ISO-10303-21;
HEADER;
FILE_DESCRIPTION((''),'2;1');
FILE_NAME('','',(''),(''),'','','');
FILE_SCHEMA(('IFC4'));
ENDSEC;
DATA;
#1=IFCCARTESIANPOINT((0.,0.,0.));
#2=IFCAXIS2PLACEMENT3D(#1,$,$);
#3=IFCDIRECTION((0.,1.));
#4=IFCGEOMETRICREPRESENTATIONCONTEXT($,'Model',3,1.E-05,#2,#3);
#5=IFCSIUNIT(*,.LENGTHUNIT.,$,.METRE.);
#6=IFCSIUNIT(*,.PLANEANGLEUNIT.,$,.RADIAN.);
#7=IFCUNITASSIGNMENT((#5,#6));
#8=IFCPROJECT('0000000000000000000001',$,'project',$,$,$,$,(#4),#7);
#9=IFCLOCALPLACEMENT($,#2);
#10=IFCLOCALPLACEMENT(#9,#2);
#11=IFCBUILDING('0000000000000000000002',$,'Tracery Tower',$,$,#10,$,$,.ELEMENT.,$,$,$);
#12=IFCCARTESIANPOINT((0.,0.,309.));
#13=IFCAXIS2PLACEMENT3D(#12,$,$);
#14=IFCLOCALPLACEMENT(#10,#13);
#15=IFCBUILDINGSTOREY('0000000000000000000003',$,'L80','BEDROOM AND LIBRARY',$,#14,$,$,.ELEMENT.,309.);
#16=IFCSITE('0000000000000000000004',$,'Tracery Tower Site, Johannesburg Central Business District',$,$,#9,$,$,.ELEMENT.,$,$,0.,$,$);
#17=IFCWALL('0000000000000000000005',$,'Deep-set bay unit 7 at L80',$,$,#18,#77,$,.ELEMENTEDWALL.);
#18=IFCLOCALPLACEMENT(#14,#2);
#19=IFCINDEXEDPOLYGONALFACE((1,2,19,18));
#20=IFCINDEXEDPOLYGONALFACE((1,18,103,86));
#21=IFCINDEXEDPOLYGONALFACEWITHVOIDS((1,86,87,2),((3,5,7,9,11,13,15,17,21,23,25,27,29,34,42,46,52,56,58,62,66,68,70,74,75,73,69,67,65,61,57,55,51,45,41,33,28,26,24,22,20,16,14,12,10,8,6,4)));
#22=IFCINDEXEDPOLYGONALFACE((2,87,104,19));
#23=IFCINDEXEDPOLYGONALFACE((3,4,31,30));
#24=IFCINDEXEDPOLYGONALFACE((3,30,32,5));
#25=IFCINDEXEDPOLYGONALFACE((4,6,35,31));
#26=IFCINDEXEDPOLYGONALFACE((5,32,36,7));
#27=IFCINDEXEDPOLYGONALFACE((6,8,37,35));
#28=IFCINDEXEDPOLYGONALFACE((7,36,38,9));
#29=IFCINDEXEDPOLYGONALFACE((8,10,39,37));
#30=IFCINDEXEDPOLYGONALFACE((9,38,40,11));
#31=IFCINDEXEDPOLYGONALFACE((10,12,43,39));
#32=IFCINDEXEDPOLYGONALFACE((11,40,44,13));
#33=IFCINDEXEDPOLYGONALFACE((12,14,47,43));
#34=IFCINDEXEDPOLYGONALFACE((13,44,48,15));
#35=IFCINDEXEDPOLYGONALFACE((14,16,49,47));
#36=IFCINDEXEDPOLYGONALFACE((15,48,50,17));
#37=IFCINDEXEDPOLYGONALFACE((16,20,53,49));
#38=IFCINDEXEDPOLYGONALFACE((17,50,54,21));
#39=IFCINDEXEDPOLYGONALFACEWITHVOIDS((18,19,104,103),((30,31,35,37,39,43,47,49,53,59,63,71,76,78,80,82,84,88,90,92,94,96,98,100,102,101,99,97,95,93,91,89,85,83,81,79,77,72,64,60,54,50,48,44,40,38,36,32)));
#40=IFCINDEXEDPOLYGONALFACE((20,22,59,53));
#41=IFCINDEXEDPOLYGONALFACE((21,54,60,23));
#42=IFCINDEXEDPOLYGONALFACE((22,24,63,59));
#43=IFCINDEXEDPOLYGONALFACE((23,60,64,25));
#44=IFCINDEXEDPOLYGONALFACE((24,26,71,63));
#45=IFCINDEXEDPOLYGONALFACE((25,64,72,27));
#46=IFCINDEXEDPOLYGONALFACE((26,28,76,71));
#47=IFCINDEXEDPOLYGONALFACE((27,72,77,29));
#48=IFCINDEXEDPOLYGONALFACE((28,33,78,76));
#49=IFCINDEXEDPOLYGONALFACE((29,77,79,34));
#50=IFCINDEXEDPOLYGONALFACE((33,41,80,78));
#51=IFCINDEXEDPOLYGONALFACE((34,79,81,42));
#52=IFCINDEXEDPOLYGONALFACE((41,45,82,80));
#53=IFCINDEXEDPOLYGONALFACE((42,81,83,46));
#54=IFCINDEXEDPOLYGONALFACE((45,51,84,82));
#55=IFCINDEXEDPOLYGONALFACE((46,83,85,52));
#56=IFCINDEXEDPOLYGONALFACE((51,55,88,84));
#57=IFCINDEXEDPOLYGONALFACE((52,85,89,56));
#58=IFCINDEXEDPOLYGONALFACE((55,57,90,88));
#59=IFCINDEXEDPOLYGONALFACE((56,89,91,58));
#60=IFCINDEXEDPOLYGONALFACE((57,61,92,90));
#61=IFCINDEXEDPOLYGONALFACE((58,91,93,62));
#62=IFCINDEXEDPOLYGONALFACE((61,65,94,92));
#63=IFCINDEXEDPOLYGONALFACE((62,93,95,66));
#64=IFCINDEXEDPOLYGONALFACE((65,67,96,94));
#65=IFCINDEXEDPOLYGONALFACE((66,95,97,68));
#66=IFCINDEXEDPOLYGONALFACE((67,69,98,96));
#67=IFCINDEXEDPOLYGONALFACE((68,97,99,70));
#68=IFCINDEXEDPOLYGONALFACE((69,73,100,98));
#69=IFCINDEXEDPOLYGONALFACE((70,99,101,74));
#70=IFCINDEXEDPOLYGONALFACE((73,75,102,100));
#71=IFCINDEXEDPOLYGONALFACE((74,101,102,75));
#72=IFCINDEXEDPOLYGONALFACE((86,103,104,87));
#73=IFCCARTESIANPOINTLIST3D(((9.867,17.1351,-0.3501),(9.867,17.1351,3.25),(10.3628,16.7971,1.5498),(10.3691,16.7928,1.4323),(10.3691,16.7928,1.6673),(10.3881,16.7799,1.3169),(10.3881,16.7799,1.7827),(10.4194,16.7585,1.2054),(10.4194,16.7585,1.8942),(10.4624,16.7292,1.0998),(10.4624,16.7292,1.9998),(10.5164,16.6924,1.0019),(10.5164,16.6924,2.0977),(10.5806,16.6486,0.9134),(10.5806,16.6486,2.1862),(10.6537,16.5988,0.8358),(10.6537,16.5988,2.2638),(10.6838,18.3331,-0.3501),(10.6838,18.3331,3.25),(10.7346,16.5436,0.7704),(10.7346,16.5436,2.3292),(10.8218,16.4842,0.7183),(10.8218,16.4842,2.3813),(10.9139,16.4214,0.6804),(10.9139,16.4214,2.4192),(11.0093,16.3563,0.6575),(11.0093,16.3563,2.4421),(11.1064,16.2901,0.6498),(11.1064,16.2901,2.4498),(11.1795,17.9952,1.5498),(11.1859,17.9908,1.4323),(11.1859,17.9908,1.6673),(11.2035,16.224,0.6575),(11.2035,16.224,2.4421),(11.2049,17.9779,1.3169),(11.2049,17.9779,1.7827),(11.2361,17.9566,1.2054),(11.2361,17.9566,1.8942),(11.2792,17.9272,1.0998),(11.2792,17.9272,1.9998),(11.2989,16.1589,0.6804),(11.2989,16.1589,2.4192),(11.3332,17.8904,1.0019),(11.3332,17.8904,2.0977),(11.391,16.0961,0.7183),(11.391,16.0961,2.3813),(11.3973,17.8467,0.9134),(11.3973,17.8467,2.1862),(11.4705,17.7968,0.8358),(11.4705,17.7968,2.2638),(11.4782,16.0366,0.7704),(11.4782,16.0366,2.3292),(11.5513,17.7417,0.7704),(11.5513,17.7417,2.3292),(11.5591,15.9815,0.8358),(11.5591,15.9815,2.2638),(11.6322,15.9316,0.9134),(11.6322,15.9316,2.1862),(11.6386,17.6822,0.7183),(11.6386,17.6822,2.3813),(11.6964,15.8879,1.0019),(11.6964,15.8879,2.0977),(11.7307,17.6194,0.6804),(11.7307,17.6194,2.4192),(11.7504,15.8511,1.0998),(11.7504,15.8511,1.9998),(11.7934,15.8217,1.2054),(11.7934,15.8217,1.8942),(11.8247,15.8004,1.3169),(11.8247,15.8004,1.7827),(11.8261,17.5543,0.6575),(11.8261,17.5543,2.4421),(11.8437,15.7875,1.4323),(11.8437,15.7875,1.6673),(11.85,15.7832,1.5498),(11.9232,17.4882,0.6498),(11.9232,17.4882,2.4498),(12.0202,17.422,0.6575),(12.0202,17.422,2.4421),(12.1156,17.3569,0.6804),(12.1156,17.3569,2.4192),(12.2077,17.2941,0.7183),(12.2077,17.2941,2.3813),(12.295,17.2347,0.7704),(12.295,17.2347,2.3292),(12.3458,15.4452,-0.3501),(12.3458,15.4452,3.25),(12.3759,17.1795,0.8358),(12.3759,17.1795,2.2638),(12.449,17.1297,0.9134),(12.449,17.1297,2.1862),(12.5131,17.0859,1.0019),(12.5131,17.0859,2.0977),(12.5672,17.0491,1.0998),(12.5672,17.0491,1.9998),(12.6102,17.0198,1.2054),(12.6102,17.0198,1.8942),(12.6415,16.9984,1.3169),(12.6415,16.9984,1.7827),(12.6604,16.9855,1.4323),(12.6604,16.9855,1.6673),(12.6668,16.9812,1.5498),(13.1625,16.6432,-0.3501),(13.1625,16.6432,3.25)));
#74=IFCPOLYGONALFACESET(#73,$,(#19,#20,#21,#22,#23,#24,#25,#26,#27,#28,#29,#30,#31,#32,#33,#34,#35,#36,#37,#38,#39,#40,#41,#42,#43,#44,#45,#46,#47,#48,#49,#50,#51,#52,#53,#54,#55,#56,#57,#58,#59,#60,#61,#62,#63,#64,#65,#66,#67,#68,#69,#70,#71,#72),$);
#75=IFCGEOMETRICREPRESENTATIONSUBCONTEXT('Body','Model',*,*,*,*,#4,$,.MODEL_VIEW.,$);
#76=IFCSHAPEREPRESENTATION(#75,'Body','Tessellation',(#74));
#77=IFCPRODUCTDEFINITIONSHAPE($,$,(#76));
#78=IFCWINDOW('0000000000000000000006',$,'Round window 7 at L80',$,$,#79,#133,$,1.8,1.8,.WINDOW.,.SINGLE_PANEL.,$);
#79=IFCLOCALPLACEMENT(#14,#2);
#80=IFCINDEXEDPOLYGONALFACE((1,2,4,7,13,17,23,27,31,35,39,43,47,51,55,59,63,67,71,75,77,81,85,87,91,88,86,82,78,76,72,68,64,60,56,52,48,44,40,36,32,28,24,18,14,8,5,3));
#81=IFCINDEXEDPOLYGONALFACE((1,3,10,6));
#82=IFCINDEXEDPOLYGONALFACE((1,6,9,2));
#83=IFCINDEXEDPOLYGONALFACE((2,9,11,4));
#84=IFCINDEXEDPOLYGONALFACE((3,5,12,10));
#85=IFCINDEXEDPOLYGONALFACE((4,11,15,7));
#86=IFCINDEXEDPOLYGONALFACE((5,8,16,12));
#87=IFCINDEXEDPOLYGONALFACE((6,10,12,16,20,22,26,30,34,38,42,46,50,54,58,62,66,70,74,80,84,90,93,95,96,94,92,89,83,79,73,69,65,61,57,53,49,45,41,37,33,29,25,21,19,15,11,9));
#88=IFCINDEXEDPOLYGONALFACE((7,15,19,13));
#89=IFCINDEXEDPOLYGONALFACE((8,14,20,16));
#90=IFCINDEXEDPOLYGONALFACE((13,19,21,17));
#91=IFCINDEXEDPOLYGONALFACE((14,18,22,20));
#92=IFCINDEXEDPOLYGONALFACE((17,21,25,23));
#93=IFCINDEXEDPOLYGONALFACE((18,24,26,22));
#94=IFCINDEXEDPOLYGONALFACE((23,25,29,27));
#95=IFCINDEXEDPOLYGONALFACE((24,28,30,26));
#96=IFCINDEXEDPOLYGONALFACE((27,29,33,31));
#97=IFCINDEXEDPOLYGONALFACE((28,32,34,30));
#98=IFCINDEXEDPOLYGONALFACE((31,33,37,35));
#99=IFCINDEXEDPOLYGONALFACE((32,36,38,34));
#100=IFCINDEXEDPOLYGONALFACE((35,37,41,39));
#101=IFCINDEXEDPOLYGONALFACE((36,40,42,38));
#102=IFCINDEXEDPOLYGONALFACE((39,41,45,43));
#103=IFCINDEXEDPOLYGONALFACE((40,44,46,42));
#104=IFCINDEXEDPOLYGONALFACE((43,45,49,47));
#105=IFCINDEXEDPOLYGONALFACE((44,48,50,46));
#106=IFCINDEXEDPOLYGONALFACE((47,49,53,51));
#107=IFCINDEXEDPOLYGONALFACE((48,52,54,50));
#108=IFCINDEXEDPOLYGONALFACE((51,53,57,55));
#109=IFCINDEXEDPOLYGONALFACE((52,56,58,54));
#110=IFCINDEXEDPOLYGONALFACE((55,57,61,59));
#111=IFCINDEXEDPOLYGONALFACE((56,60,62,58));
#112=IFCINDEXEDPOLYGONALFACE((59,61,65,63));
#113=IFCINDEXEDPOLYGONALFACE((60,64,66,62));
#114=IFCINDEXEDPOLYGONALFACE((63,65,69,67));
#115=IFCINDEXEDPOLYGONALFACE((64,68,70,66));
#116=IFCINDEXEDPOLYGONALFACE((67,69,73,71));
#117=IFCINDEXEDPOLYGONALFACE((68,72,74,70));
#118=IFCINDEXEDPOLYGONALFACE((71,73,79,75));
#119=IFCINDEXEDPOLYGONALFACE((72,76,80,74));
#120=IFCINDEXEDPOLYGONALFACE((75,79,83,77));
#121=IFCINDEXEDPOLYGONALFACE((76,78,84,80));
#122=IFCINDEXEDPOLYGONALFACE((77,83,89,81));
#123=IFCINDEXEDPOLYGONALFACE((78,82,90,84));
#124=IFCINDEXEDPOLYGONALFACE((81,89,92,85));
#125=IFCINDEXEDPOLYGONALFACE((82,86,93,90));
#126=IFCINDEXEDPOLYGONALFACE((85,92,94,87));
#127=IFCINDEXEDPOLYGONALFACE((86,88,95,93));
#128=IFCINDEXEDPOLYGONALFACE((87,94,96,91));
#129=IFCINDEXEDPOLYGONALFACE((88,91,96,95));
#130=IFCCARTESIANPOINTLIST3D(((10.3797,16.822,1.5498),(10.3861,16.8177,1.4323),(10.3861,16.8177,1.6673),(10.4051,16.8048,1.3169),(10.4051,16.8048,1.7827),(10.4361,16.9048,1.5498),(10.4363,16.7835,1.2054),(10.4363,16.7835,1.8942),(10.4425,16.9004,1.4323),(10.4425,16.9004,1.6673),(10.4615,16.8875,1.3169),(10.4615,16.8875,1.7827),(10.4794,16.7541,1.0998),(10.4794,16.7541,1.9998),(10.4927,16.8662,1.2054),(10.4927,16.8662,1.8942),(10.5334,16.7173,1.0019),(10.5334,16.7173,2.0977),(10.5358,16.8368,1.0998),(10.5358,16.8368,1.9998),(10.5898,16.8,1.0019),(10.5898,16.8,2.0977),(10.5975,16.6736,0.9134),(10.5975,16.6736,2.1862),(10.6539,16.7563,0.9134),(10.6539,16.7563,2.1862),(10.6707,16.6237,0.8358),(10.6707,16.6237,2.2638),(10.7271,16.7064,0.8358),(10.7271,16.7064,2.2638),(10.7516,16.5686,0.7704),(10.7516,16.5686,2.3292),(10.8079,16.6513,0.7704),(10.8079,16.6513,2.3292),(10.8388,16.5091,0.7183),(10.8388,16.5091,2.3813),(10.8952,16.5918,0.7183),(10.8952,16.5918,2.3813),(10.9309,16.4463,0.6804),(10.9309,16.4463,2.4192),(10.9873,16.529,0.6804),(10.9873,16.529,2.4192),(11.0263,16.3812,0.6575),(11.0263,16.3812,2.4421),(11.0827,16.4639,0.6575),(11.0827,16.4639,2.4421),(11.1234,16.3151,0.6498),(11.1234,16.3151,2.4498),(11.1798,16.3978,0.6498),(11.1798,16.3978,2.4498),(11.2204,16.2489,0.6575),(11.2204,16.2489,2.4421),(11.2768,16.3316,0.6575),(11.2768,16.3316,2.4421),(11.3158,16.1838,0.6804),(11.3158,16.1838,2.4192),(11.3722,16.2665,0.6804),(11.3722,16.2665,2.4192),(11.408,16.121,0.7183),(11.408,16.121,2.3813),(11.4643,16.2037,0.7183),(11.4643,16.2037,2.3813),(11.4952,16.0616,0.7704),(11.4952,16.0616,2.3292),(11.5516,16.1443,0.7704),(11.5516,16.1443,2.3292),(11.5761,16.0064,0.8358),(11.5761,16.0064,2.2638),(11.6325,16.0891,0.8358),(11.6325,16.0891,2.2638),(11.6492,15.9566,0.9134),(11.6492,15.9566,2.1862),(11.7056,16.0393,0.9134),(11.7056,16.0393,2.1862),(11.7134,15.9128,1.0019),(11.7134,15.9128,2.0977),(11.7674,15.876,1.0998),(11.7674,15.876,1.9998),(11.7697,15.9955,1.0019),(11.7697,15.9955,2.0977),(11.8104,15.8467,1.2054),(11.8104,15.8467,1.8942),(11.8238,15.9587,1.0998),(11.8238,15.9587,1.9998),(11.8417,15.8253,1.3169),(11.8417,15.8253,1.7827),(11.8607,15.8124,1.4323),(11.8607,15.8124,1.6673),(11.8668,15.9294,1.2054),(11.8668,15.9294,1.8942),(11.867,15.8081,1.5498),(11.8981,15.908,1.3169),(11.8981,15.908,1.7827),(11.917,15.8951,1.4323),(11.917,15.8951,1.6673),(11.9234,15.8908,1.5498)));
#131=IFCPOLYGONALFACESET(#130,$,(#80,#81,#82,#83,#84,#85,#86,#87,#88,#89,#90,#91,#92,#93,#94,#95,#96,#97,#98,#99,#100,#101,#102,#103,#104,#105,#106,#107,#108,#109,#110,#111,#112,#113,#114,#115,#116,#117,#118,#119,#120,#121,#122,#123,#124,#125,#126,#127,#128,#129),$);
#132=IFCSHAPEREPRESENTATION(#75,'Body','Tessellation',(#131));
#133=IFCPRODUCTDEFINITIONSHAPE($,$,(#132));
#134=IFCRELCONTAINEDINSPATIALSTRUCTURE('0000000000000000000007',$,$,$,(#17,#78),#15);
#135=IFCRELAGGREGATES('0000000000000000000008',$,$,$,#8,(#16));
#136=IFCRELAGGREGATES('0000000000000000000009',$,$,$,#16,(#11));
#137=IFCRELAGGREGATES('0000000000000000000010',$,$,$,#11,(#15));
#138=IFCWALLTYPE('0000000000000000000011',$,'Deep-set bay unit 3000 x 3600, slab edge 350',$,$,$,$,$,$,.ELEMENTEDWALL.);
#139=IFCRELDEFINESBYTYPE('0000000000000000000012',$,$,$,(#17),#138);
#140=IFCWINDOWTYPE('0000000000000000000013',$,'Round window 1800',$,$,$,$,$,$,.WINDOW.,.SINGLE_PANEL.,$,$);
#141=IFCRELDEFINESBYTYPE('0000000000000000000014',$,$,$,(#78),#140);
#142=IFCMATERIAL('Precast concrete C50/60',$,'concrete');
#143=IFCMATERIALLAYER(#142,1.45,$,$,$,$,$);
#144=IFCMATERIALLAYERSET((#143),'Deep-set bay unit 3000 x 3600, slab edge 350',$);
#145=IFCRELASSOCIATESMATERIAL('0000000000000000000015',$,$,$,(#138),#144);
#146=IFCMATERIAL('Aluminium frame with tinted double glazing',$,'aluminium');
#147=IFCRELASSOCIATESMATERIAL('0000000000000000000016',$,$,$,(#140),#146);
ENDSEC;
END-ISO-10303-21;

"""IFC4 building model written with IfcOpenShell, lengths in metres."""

from ifc_helpers import new_model, si_unit, direction, frame, frame_2d, origin, origin_2d, place, context, subcontext, project, spatial, rectangle, circle, extrude, material, layer, layer_set, type_object, element, fill, save


model = new_model("IFC4")

# Units and contexts
model_context = context("Model", 3, precision=1e-05, world=origin(), true_north=direction((0.0, 1.0)))
body_context = subcontext(model_context, "Body", "Model", "MODEL_VIEW")
ifc_project = project(units=[si_unit("LENGTHUNIT", "METRE"), si_unit("PLANEANGLEUNIT", "RADIAN")], contexts=[model_context])

# Site, building, storey
site_placement = place(None, origin())
site = spatial("IfcSite", under=ifc_project, at=site_placement, Name="Tracery Tower Site, Johannesburg Central Business District", CompositionType="ELEMENT", RefElevation=0.0)
building_placement = place(site_placement, origin())
building = spatial("IfcBuilding", under=site, at=building_placement, Name="Tracery Tower", CompositionType="ELEMENT")
storey_placement = place(building_placement, frame((0.0, 0.0, 309.0)))
storey = spatial("IfcBuildingStorey", under=building, at=storey_placement, Name="L80", Description="BEDROOM AND LIBRARY", CompositionType="ELEMENT", Elevation=309.0)

# Wall, opening, window
ifc_material_1 = material(Name="Precast concrete C50/60", Category="concrete")
ifc_layer_1 = layer(ifc_material_1, 1.45)
ifc_layer_set_1 = layer_set([ifc_layer_1], Name="Deep-set bay unit 3000 x 3600, slab edge 350")
wall_type_1 = type_object("IfcWallType", Name="Deep-set bay unit 3000 x 3600, slab edge 350", PredefinedType="ELEMENTEDWALL", material=ifc_layer_set_1)
ifc_material_2 = material(Name="Aluminium frame with tinted double glazing", Category="aluminium")
window_type = type_object("IfcWindowType", Name="Round window 1800", PartitioningType="SINGLE_PANEL", PredefinedType="WINDOW", material=ifc_material_2)
wall_1_placement = place(storey_placement, frame((12.7542, 16.0442, -0.3501), z_axis=(0.0, 0.0, 1.0), x_axis=(-0.826246, 0.563309, 0.0)))
wall_1 = element("IfcWall", 1, at=wall_1_placement, inside=storey, type_object=wall_type_1, Name="Deep-set bay unit 7 at L80", PredefinedType="ELEMENTEDWALL", context=body_context, shape_type="SweptSolid", body=[
    extrude(rectangle(XDim=3.0, YDim=1.45, at=frame_2d((1.5, 0.0))), origin(), (0.0, 0.0, 1.0), 3.6001),
])
opening_1_placement = place(wall_1_placement, frame((1.5, 0.0, 1.8999)))
opening_1 = element("IfcOpeningElement", 2, at=opening_1_placement, cuts=wall_1, PredefinedType="OPENING", context=body_context, shape_type="SweptSolid", body=[
    extrude(circle(Radius=0.9, at=origin_2d()), frame((0.0, 0.7349, 0.0), z_axis=(0.0, -1.0, 0.0), x_axis=(1.0, 0.0, 0.0)), (0.0, 0.0, 1.0), 1.47),
])
window_1_placement = place(opening_1_placement, origin())
window_1 = element("IfcWindow", 3, at=window_1_placement, inside=storey, type_object=window_type, Name="Round window 7 at L80", OverallHeight=1.8, OverallWidth=1.8, PartitioningType="SINGLE_PANEL", PredefinedType="WINDOW", context=body_context, shape_type="SweptSolid", body=[
    extrude(circle(Radius=0.9, at=origin_2d()), frame((0.0, 0.6948, 0.0), z_axis=(0.0, -1.0, 0.0), x_axis=(1.0, 0.0, 0.0)), (0.0, 0.0, 1.0), 0.1001),
])
fill(opening_1, window_1)

save(model, "model.ifc")
